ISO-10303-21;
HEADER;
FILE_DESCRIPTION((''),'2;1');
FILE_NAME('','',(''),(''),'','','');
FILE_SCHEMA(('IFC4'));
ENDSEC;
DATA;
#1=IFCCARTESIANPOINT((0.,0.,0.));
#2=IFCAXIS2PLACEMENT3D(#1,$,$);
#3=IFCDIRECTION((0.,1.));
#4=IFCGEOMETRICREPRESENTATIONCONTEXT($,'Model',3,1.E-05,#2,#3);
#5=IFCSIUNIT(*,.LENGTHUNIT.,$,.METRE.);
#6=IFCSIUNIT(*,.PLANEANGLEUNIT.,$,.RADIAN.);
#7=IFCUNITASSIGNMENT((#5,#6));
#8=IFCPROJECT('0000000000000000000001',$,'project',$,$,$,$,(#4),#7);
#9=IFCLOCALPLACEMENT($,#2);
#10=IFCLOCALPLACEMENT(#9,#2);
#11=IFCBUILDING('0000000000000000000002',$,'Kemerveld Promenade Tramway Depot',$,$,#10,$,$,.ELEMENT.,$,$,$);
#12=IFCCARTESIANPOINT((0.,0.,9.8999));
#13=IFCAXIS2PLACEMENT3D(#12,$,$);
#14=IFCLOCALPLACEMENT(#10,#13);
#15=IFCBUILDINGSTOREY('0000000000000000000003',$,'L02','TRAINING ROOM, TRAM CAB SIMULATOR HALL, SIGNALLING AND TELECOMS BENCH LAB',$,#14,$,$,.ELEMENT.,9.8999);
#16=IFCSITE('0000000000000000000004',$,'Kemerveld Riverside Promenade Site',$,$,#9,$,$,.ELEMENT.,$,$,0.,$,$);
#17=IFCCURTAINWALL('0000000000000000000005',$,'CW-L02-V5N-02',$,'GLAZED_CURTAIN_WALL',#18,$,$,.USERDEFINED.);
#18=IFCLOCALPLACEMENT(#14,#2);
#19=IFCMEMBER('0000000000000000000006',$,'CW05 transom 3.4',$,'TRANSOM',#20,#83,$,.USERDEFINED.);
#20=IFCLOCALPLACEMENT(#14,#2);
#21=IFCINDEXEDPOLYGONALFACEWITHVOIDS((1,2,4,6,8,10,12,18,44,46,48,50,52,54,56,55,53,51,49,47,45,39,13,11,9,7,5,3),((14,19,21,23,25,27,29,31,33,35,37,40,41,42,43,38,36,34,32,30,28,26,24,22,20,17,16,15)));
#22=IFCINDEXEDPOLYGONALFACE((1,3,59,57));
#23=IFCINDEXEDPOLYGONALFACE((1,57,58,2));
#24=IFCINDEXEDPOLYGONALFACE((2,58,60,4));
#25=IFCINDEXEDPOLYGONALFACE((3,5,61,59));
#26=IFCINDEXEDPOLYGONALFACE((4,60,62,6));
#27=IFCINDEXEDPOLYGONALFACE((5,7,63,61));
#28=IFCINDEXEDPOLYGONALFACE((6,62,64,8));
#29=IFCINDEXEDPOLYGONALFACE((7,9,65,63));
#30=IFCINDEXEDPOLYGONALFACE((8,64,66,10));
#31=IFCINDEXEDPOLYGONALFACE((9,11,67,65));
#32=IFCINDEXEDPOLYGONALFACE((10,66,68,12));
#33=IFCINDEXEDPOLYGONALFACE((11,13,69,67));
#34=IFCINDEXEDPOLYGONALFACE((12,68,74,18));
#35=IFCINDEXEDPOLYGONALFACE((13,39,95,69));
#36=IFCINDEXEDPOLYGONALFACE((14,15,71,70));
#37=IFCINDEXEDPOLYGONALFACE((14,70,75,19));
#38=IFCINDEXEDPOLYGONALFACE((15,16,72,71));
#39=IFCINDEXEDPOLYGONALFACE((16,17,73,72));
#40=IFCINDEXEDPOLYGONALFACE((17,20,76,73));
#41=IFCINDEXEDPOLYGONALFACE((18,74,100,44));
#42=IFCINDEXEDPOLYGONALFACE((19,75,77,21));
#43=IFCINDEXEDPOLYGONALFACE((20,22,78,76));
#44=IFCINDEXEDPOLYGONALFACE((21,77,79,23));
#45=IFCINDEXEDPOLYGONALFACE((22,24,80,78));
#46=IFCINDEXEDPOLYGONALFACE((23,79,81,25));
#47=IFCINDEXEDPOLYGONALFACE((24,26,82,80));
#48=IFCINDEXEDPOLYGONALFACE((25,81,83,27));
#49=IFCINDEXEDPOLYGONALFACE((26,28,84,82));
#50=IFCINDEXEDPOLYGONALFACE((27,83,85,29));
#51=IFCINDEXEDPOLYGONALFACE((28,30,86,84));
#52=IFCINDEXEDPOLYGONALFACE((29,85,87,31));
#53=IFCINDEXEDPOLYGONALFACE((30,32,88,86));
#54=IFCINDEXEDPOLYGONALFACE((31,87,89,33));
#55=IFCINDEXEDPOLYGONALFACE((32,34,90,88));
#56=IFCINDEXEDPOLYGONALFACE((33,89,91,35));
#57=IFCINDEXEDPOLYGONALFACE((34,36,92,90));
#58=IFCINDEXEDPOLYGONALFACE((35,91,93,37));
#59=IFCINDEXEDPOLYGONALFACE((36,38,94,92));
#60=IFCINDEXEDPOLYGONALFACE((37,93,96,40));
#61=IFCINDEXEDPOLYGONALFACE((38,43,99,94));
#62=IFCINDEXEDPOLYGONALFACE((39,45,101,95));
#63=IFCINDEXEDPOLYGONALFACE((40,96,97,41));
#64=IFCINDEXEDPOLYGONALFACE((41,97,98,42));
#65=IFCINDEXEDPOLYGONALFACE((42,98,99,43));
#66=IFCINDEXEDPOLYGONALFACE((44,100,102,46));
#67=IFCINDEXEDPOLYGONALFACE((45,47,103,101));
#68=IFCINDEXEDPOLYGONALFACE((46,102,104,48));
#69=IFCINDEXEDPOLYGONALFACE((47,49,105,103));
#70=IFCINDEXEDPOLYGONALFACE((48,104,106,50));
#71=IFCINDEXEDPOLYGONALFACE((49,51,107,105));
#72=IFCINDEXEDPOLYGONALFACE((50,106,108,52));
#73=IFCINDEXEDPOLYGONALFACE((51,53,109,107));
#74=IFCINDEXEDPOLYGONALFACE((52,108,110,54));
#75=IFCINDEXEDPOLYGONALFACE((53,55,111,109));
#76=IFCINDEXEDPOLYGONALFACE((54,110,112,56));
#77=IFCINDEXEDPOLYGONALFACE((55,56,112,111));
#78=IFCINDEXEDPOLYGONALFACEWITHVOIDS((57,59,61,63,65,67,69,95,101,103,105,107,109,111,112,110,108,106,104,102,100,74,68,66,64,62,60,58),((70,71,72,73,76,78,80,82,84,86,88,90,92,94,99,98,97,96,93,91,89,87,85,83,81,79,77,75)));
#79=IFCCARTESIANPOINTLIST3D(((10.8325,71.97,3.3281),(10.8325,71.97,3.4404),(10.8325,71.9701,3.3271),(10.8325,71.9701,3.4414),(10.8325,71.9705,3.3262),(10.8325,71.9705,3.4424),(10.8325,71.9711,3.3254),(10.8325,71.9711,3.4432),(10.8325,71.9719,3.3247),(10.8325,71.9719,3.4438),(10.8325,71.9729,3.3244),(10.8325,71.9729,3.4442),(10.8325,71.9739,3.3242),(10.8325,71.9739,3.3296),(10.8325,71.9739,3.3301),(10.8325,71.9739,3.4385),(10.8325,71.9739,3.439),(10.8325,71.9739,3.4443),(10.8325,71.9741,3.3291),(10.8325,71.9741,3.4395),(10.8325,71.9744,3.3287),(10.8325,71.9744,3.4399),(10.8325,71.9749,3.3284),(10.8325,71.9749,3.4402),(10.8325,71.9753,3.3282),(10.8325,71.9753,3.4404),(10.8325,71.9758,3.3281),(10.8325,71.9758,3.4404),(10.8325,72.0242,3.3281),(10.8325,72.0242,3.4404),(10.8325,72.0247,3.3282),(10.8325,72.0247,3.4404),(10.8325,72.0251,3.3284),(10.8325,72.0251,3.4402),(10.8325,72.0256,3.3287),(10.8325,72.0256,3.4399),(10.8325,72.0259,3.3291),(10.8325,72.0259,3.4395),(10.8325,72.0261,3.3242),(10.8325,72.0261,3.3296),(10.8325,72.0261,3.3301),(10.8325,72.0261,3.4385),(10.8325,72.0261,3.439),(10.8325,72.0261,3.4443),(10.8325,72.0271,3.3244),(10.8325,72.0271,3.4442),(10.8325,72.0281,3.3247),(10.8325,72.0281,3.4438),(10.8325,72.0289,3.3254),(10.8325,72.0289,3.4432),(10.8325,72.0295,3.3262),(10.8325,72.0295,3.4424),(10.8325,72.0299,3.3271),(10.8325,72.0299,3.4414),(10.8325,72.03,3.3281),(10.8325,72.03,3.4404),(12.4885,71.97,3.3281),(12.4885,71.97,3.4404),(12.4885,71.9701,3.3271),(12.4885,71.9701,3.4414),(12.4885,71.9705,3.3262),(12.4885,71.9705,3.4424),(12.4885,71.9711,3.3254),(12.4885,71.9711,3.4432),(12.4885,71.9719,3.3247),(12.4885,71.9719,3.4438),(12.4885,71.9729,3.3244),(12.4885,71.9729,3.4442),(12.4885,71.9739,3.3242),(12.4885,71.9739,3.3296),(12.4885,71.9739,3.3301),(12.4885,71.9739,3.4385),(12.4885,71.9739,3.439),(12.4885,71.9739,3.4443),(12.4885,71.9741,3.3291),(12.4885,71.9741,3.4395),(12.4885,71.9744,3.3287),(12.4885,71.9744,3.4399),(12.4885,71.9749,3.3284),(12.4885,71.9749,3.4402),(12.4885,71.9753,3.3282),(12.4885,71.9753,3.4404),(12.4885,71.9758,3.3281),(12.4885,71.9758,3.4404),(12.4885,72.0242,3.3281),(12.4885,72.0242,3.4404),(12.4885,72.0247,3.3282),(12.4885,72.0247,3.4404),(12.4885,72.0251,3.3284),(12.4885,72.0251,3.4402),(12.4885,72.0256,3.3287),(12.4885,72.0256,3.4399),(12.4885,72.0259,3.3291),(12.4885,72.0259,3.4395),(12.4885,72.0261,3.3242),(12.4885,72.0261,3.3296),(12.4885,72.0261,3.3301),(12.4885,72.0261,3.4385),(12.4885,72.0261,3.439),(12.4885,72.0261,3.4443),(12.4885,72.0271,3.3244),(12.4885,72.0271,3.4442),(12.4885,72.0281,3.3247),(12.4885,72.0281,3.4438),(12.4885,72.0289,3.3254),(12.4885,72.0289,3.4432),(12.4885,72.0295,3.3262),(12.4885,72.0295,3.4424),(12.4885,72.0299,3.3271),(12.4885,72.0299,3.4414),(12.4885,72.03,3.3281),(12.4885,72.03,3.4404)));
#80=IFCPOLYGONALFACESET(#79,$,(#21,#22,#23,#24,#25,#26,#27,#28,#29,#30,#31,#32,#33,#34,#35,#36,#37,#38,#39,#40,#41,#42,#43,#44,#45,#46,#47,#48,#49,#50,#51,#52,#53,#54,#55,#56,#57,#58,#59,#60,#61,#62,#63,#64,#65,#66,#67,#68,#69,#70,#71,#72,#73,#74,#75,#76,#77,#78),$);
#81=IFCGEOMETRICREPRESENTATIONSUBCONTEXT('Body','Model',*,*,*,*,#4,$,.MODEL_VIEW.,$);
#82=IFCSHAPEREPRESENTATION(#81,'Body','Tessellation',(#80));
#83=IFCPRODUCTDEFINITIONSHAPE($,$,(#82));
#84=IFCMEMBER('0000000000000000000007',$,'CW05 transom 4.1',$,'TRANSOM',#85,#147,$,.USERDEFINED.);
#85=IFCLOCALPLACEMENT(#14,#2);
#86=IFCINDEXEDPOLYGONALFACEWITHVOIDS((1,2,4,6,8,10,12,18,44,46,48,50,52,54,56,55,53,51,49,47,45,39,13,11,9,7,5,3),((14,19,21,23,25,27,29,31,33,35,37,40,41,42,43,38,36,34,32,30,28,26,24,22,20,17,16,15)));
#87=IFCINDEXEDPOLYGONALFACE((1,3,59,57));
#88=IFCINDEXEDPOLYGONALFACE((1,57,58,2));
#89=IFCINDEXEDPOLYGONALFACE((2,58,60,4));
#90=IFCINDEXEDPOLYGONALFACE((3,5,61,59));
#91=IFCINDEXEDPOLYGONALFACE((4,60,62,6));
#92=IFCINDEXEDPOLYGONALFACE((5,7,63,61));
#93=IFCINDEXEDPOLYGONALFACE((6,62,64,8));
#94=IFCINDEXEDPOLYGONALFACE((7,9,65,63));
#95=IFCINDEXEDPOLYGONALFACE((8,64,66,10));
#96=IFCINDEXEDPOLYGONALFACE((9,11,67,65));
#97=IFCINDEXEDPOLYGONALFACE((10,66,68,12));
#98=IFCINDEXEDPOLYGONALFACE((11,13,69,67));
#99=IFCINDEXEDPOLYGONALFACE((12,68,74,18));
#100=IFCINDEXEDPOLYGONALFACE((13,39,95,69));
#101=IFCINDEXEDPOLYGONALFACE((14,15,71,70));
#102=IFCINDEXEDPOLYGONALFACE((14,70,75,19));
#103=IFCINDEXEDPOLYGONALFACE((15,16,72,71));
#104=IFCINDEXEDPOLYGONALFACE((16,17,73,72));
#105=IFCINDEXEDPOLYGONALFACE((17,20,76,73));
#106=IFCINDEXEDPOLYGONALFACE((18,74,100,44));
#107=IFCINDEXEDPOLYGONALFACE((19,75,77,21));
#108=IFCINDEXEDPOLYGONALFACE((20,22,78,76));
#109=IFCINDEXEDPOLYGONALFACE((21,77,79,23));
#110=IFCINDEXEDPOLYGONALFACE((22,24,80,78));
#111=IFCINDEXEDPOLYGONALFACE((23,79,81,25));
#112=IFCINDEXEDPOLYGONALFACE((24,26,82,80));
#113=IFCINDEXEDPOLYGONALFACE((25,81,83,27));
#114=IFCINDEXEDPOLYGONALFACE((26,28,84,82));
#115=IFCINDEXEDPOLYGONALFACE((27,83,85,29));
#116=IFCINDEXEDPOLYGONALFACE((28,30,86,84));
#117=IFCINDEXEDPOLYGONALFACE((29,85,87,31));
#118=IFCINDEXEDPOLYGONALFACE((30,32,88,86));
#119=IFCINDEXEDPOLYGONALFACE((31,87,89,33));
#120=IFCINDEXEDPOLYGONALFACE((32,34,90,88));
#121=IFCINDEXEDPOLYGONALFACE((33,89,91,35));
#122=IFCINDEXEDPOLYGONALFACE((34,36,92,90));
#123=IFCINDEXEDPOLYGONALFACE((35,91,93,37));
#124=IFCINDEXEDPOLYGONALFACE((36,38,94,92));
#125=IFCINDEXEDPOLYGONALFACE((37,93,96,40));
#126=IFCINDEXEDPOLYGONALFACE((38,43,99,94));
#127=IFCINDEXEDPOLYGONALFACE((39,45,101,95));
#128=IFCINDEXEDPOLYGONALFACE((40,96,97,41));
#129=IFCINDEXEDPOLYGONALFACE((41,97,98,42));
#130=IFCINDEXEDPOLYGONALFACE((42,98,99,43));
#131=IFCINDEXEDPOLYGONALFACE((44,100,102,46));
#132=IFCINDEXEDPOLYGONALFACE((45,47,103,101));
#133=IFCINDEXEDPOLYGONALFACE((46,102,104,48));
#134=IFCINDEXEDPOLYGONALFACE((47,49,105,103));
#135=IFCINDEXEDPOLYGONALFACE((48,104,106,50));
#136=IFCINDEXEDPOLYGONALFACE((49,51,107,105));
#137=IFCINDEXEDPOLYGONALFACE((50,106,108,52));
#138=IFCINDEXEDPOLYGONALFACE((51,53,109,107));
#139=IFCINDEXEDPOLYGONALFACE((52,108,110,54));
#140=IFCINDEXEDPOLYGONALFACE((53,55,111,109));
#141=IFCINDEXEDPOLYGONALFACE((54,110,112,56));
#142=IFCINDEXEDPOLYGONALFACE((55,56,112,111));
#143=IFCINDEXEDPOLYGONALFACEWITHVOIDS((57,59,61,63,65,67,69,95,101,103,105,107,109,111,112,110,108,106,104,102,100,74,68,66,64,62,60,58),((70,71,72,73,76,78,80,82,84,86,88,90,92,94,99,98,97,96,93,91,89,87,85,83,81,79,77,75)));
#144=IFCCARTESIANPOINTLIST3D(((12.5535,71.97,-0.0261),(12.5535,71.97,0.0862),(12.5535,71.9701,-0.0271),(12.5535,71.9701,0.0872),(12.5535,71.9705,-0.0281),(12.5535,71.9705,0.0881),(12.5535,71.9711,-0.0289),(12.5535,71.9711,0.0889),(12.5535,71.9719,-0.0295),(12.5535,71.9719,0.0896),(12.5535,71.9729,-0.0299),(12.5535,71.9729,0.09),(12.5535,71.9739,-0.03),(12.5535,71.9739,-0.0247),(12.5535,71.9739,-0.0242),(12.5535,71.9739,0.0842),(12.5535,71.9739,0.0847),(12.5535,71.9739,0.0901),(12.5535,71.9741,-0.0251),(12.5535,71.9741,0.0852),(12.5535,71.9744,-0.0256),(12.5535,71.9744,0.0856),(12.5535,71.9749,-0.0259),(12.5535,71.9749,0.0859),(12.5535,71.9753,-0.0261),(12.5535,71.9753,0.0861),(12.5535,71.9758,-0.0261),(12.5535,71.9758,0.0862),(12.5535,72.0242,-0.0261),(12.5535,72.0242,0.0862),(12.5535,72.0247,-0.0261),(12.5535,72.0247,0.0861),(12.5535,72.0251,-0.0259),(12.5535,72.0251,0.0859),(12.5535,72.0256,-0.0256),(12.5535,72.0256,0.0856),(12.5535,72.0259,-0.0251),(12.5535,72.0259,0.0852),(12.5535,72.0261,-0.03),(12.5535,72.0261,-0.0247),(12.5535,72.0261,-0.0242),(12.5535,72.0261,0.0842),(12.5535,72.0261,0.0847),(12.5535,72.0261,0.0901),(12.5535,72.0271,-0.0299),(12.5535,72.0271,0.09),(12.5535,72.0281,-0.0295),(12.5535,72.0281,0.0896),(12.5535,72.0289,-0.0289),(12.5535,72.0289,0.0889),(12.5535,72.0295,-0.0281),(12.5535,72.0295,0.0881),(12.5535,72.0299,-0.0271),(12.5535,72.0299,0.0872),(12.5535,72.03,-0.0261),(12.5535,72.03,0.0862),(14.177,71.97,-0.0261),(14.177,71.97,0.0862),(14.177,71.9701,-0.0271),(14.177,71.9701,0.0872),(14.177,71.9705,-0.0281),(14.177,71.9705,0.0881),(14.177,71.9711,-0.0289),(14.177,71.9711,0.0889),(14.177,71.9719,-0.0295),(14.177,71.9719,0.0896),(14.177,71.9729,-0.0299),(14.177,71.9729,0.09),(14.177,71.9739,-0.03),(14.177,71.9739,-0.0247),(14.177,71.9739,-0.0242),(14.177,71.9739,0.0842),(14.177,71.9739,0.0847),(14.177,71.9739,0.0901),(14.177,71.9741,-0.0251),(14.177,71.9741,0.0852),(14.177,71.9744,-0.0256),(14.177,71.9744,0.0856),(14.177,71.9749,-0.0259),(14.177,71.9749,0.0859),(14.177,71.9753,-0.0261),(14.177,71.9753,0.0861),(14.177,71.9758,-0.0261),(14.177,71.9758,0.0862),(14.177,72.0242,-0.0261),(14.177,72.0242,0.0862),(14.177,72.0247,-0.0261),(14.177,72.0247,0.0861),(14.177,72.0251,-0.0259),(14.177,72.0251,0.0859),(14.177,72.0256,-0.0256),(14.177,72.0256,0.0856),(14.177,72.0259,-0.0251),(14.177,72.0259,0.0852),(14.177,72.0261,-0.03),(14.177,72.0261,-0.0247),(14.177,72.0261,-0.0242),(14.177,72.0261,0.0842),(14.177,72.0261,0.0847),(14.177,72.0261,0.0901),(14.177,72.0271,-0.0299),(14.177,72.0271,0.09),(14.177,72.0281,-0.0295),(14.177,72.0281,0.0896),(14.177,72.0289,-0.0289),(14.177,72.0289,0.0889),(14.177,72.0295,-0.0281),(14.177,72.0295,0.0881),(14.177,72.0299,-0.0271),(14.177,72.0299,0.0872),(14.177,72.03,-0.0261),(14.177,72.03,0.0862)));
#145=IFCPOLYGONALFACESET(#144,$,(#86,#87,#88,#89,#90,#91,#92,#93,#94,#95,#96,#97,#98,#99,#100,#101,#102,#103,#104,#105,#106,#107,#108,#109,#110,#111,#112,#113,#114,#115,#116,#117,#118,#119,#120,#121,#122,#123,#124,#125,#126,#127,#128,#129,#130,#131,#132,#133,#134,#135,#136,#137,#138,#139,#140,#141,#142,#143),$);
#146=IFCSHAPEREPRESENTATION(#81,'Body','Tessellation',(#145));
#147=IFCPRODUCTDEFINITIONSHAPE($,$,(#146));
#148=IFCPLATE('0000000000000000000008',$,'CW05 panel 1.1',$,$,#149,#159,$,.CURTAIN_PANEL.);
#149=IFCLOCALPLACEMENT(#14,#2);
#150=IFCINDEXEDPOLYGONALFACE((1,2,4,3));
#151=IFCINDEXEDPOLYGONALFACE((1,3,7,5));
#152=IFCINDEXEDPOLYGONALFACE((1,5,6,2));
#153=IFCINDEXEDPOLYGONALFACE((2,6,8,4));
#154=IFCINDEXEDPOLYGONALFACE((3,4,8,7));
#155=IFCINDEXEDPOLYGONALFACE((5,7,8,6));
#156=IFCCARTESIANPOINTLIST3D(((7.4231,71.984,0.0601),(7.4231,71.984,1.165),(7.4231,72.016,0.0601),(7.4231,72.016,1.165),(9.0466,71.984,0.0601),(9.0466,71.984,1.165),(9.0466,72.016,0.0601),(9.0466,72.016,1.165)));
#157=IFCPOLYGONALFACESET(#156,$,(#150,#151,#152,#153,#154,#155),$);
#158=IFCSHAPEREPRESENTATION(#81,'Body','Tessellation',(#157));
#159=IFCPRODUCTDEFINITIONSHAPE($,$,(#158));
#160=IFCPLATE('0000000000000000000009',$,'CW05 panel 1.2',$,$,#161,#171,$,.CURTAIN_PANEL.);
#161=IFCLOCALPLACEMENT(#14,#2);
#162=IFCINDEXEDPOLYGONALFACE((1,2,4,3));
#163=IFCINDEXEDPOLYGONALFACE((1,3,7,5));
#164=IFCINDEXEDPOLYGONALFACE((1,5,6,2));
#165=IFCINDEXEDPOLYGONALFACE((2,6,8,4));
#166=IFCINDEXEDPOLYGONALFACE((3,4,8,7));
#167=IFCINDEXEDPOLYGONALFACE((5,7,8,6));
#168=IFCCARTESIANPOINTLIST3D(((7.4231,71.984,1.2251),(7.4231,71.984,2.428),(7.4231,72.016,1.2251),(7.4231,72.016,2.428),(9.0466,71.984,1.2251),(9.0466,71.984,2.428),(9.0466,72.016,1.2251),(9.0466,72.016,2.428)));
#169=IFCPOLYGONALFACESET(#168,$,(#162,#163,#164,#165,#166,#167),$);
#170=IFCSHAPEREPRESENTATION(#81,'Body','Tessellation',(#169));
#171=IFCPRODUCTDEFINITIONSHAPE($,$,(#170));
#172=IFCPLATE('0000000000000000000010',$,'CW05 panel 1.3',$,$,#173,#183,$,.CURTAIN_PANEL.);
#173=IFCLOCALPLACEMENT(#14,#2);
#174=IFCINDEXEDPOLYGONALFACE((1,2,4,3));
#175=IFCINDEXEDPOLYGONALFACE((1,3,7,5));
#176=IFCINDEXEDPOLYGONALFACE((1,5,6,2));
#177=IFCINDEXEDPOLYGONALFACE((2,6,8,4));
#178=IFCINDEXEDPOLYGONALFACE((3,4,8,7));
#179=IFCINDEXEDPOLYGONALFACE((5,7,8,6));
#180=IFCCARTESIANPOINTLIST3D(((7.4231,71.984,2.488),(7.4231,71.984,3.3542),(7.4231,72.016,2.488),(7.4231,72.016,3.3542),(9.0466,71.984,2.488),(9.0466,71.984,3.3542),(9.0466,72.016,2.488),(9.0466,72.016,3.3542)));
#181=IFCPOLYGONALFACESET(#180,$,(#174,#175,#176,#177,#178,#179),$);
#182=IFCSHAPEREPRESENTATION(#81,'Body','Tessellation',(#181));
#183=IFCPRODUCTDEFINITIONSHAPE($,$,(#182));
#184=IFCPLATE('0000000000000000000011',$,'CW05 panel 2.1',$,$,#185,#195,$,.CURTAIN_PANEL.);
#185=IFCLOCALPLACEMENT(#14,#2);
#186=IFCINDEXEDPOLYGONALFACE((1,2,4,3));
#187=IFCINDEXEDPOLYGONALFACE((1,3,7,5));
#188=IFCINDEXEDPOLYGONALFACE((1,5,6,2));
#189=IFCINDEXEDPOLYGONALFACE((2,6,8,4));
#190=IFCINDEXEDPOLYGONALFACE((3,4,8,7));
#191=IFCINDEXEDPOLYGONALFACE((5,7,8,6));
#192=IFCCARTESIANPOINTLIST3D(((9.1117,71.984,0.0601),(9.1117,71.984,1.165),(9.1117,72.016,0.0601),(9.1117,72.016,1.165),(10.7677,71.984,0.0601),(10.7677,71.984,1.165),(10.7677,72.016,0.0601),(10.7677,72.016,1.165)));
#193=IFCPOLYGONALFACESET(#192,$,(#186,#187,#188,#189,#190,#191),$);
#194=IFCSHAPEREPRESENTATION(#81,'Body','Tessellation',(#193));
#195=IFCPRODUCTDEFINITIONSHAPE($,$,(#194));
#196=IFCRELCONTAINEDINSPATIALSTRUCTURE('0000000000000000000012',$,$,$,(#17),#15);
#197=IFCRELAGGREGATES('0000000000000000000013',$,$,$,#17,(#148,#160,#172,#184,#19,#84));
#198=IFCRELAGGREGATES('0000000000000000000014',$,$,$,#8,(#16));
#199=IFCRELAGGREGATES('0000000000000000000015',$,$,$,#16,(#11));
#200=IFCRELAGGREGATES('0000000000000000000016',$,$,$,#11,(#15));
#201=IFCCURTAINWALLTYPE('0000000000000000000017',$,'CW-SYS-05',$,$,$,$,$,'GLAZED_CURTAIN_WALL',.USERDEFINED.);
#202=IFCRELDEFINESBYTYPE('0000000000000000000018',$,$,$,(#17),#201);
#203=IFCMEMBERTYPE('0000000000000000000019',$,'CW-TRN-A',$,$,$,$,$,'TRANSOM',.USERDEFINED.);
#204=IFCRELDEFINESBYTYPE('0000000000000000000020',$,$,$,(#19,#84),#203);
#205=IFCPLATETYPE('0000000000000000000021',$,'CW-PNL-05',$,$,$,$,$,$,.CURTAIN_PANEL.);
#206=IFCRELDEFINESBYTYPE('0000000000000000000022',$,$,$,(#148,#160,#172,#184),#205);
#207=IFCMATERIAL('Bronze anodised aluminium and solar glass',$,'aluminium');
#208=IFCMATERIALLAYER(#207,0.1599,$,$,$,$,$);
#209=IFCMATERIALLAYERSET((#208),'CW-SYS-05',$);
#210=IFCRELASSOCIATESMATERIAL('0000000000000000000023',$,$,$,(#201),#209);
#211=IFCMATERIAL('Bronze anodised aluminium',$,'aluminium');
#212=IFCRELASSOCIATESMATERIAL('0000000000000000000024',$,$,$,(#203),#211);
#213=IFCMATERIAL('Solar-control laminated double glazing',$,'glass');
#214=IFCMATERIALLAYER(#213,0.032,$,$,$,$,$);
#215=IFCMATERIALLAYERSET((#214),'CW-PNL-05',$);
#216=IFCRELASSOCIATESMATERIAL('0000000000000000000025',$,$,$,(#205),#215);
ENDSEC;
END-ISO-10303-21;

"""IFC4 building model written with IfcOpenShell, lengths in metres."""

from ifc_helpers import new_model, si_unit, direction, frame, origin, origin_2d, place, context, subcontext, project, spatial, rectangle, hollow_rectangle, extrude, material, layer, layer_set, material_profile, profile_set, type_object, element, aggregate, save


model = new_model("IFC4")

# Units and contexts
model_context = context("Model", 3, precision=1e-05, world=origin(), true_north=direction((0.0, 1.0)))
body_context = subcontext(model_context, "Body", "Model", "MODEL_VIEW")
ifc_project = project(units=[si_unit("LENGTHUNIT", "METRE"), si_unit("PLANEANGLEUNIT", "RADIAN")], contexts=[model_context])

# Site, building, storey
site_placement = place(None, origin())
site = spatial("IfcSite", under=ifc_project, at=site_placement, Name="Kemerveld Riverside Promenade Site", CompositionType="ELEMENT", RefElevation=0.0)
building_placement = place(site_placement, origin())
building = spatial("IfcBuilding", under=site, at=building_placement, Name="Kemerveld Promenade Tramway Depot", CompositionType="ELEMENT")
storey_placement = place(building_placement, frame((0.0, 0.0, 9.8999)))
storey = spatial("IfcBuildingStorey", under=building, at=storey_placement, Name="L02", Description="TRAINING ROOM, TRAM CAB SIMULATOR HALL, SIGNALLING AND TELECOMS BENCH LAB", CompositionType="ELEMENT", Elevation=9.8999)

# Curtain wall, members, plates
ifc_material_1 = material(Name="Bronze anodised aluminium and solar glass", Category="aluminium")
ifc_layer_1 = layer(ifc_material_1, 0.1599)
ifc_layer_set_1 = layer_set([ifc_layer_1], Name="CW-SYS-05")
curtain_wall_type = type_object("IfcCurtainWallType", Name="CW-SYS-05", ElementType="GLAZED_CURTAIN_WALL", PredefinedType="USERDEFINED", material=ifc_layer_set_1)
curtain_wall_placement = place(storey_placement, origin())
curtain_wall = element("IfcCurtainWall", 1, at=curtain_wall_placement, inside=storey, type_object=curtain_wall_type, Name="CW-L02-V5N-02", ObjectType="GLAZED_CURTAIN_WALL", PredefinedType="USERDEFINED")
ifc_material_2 = material(Name="Bronze anodised aluminium", Category="aluminium")
ifc_material_profile_1 = material_profile(ifc_material_2, hollow_rectangle(XDim=0.0601, YDim=0.1201, WallThickness=0.0039, InnerFilletRadius=0.002, OuterFilletRadius=0.0039, at=origin_2d()), Name="CW-TRN-120x60")
ifc_profile_set_1 = profile_set([ifc_material_profile_1], Name="Bronze anodised aluminium")
member_type_1 = type_object("IfcMemberType", Name="CW-TRN-A", ElementType="TRANSOM", PredefinedType="USERDEFINED", material=ifc_profile_set_1)
member_1_placement = place(storey_placement, frame((10.8325, 72.0, 3.3843), z_axis=(1.0, 0.0, 0.0), x_axis=(0.0, 1.0, 0.0)))
member_1 = element("IfcMember", 2, at=member_1_placement, type_object=member_type_1, Name="CW05 transom 3.4", ObjectType="TRANSOM", PredefinedType="USERDEFINED", context=body_context, shape_type="SweptSolid", body=[
    extrude(hollow_rectangle(XDim=0.0601, YDim=0.1201, WallThickness=0.0039, InnerFilletRadius=0.002, OuterFilletRadius=0.0039, at=origin_2d()), origin(), (0.0, 0.0, 1.0), 1.656),
])
member_2_placement = place(storey_placement, frame((12.5535, 72.0, 0.03), z_axis=(1.0, 0.0, 0.0), x_axis=(0.0, 1.0, 0.0)))
member_2 = element("IfcMember", 3, at=member_2_placement, type_object=member_type_1, Name="CW05 transom 4.1", ObjectType="TRANSOM", PredefinedType="USERDEFINED", context=body_context, shape_type="SweptSolid", body=[
    extrude(hollow_rectangle(XDim=0.0601, YDim=0.1201, WallThickness=0.0039, InnerFilletRadius=0.002, OuterFilletRadius=0.0039, at=origin_2d()), origin(), (0.0, 0.0, 1.0), 1.6235),
])
ifc_material_3 = material(Name="Solar-control laminated double glazing", Category="glass")
ifc_layer_2 = layer(ifc_material_3, 0.032)
ifc_layer_set_2 = layer_set([ifc_layer_2], Name="CW-PNL-05")
plate_type = type_object("IfcPlateType", Name="CW-PNL-05", PredefinedType="CURTAIN_PANEL", material=ifc_layer_set_2)
plate_1_placement = place(storey_placement, frame((8.2349, 72.0, 0.0601), z_axis=(0.0, 0.0, 1.0), x_axis=(1.0, 0.0, 0.0)))
plate_1 = element("IfcPlate", 4, at=plate_1_placement, type_object=plate_type, Name="CW05 panel 1.1", PredefinedType="CURTAIN_PANEL", context=body_context, shape_type="SweptSolid", body=[
    extrude(rectangle(XDim=1.6235, YDim=0.032, at=origin_2d()), origin(), (0.0, 0.0, 1.0), 1.105),
])
plate_2_placement = place(storey_placement, frame((8.2349, 72.0, 1.2251), z_axis=(0.0, 0.0, 1.0), x_axis=(1.0, 0.0, 0.0)))
plate_2 = element("IfcPlate", 5, at=plate_2_placement, type_object=plate_type, Name="CW05 panel 1.2", PredefinedType="CURTAIN_PANEL", context=body_context, shape_type="SweptSolid", body=[
    extrude(rectangle(XDim=1.6235, YDim=0.032, at=origin_2d()), origin(), (0.0, 0.0, 1.0), 1.2029),
])
plate_3_placement = place(storey_placement, frame((8.2349, 72.0, 2.488), z_axis=(0.0, 0.0, 1.0), x_axis=(1.0, 0.0, 0.0)))
plate_3 = element("IfcPlate", 6, at=plate_3_placement, type_object=plate_type, Name="CW05 panel 1.3", PredefinedType="CURTAIN_PANEL", context=body_context, shape_type="SweptSolid", body=[
    extrude(rectangle(XDim=1.6235, YDim=0.032, at=origin_2d()), origin(), (0.0, 0.0, 1.0), 0.8662),
])
plate_4_placement = place(storey_placement, frame((9.9397, 72.0, 0.0601), z_axis=(0.0, 0.0, 1.0), x_axis=(1.0, 0.0, 0.0)))
plate_4 = element("IfcPlate", 7, at=plate_4_placement, type_object=plate_type, Name="CW05 panel 2.1", PredefinedType="CURTAIN_PANEL", context=body_context, shape_type="SweptSolid", body=[
    extrude(rectangle(XDim=1.656, YDim=0.032, at=origin_2d()), origin(), (0.0, 0.0, 1.0), 1.105),
])
aggregate(curtain_wall, [plate_1, plate_2, plate_3, plate_4, member_1, member_2])

save(model, "model.ifc")
